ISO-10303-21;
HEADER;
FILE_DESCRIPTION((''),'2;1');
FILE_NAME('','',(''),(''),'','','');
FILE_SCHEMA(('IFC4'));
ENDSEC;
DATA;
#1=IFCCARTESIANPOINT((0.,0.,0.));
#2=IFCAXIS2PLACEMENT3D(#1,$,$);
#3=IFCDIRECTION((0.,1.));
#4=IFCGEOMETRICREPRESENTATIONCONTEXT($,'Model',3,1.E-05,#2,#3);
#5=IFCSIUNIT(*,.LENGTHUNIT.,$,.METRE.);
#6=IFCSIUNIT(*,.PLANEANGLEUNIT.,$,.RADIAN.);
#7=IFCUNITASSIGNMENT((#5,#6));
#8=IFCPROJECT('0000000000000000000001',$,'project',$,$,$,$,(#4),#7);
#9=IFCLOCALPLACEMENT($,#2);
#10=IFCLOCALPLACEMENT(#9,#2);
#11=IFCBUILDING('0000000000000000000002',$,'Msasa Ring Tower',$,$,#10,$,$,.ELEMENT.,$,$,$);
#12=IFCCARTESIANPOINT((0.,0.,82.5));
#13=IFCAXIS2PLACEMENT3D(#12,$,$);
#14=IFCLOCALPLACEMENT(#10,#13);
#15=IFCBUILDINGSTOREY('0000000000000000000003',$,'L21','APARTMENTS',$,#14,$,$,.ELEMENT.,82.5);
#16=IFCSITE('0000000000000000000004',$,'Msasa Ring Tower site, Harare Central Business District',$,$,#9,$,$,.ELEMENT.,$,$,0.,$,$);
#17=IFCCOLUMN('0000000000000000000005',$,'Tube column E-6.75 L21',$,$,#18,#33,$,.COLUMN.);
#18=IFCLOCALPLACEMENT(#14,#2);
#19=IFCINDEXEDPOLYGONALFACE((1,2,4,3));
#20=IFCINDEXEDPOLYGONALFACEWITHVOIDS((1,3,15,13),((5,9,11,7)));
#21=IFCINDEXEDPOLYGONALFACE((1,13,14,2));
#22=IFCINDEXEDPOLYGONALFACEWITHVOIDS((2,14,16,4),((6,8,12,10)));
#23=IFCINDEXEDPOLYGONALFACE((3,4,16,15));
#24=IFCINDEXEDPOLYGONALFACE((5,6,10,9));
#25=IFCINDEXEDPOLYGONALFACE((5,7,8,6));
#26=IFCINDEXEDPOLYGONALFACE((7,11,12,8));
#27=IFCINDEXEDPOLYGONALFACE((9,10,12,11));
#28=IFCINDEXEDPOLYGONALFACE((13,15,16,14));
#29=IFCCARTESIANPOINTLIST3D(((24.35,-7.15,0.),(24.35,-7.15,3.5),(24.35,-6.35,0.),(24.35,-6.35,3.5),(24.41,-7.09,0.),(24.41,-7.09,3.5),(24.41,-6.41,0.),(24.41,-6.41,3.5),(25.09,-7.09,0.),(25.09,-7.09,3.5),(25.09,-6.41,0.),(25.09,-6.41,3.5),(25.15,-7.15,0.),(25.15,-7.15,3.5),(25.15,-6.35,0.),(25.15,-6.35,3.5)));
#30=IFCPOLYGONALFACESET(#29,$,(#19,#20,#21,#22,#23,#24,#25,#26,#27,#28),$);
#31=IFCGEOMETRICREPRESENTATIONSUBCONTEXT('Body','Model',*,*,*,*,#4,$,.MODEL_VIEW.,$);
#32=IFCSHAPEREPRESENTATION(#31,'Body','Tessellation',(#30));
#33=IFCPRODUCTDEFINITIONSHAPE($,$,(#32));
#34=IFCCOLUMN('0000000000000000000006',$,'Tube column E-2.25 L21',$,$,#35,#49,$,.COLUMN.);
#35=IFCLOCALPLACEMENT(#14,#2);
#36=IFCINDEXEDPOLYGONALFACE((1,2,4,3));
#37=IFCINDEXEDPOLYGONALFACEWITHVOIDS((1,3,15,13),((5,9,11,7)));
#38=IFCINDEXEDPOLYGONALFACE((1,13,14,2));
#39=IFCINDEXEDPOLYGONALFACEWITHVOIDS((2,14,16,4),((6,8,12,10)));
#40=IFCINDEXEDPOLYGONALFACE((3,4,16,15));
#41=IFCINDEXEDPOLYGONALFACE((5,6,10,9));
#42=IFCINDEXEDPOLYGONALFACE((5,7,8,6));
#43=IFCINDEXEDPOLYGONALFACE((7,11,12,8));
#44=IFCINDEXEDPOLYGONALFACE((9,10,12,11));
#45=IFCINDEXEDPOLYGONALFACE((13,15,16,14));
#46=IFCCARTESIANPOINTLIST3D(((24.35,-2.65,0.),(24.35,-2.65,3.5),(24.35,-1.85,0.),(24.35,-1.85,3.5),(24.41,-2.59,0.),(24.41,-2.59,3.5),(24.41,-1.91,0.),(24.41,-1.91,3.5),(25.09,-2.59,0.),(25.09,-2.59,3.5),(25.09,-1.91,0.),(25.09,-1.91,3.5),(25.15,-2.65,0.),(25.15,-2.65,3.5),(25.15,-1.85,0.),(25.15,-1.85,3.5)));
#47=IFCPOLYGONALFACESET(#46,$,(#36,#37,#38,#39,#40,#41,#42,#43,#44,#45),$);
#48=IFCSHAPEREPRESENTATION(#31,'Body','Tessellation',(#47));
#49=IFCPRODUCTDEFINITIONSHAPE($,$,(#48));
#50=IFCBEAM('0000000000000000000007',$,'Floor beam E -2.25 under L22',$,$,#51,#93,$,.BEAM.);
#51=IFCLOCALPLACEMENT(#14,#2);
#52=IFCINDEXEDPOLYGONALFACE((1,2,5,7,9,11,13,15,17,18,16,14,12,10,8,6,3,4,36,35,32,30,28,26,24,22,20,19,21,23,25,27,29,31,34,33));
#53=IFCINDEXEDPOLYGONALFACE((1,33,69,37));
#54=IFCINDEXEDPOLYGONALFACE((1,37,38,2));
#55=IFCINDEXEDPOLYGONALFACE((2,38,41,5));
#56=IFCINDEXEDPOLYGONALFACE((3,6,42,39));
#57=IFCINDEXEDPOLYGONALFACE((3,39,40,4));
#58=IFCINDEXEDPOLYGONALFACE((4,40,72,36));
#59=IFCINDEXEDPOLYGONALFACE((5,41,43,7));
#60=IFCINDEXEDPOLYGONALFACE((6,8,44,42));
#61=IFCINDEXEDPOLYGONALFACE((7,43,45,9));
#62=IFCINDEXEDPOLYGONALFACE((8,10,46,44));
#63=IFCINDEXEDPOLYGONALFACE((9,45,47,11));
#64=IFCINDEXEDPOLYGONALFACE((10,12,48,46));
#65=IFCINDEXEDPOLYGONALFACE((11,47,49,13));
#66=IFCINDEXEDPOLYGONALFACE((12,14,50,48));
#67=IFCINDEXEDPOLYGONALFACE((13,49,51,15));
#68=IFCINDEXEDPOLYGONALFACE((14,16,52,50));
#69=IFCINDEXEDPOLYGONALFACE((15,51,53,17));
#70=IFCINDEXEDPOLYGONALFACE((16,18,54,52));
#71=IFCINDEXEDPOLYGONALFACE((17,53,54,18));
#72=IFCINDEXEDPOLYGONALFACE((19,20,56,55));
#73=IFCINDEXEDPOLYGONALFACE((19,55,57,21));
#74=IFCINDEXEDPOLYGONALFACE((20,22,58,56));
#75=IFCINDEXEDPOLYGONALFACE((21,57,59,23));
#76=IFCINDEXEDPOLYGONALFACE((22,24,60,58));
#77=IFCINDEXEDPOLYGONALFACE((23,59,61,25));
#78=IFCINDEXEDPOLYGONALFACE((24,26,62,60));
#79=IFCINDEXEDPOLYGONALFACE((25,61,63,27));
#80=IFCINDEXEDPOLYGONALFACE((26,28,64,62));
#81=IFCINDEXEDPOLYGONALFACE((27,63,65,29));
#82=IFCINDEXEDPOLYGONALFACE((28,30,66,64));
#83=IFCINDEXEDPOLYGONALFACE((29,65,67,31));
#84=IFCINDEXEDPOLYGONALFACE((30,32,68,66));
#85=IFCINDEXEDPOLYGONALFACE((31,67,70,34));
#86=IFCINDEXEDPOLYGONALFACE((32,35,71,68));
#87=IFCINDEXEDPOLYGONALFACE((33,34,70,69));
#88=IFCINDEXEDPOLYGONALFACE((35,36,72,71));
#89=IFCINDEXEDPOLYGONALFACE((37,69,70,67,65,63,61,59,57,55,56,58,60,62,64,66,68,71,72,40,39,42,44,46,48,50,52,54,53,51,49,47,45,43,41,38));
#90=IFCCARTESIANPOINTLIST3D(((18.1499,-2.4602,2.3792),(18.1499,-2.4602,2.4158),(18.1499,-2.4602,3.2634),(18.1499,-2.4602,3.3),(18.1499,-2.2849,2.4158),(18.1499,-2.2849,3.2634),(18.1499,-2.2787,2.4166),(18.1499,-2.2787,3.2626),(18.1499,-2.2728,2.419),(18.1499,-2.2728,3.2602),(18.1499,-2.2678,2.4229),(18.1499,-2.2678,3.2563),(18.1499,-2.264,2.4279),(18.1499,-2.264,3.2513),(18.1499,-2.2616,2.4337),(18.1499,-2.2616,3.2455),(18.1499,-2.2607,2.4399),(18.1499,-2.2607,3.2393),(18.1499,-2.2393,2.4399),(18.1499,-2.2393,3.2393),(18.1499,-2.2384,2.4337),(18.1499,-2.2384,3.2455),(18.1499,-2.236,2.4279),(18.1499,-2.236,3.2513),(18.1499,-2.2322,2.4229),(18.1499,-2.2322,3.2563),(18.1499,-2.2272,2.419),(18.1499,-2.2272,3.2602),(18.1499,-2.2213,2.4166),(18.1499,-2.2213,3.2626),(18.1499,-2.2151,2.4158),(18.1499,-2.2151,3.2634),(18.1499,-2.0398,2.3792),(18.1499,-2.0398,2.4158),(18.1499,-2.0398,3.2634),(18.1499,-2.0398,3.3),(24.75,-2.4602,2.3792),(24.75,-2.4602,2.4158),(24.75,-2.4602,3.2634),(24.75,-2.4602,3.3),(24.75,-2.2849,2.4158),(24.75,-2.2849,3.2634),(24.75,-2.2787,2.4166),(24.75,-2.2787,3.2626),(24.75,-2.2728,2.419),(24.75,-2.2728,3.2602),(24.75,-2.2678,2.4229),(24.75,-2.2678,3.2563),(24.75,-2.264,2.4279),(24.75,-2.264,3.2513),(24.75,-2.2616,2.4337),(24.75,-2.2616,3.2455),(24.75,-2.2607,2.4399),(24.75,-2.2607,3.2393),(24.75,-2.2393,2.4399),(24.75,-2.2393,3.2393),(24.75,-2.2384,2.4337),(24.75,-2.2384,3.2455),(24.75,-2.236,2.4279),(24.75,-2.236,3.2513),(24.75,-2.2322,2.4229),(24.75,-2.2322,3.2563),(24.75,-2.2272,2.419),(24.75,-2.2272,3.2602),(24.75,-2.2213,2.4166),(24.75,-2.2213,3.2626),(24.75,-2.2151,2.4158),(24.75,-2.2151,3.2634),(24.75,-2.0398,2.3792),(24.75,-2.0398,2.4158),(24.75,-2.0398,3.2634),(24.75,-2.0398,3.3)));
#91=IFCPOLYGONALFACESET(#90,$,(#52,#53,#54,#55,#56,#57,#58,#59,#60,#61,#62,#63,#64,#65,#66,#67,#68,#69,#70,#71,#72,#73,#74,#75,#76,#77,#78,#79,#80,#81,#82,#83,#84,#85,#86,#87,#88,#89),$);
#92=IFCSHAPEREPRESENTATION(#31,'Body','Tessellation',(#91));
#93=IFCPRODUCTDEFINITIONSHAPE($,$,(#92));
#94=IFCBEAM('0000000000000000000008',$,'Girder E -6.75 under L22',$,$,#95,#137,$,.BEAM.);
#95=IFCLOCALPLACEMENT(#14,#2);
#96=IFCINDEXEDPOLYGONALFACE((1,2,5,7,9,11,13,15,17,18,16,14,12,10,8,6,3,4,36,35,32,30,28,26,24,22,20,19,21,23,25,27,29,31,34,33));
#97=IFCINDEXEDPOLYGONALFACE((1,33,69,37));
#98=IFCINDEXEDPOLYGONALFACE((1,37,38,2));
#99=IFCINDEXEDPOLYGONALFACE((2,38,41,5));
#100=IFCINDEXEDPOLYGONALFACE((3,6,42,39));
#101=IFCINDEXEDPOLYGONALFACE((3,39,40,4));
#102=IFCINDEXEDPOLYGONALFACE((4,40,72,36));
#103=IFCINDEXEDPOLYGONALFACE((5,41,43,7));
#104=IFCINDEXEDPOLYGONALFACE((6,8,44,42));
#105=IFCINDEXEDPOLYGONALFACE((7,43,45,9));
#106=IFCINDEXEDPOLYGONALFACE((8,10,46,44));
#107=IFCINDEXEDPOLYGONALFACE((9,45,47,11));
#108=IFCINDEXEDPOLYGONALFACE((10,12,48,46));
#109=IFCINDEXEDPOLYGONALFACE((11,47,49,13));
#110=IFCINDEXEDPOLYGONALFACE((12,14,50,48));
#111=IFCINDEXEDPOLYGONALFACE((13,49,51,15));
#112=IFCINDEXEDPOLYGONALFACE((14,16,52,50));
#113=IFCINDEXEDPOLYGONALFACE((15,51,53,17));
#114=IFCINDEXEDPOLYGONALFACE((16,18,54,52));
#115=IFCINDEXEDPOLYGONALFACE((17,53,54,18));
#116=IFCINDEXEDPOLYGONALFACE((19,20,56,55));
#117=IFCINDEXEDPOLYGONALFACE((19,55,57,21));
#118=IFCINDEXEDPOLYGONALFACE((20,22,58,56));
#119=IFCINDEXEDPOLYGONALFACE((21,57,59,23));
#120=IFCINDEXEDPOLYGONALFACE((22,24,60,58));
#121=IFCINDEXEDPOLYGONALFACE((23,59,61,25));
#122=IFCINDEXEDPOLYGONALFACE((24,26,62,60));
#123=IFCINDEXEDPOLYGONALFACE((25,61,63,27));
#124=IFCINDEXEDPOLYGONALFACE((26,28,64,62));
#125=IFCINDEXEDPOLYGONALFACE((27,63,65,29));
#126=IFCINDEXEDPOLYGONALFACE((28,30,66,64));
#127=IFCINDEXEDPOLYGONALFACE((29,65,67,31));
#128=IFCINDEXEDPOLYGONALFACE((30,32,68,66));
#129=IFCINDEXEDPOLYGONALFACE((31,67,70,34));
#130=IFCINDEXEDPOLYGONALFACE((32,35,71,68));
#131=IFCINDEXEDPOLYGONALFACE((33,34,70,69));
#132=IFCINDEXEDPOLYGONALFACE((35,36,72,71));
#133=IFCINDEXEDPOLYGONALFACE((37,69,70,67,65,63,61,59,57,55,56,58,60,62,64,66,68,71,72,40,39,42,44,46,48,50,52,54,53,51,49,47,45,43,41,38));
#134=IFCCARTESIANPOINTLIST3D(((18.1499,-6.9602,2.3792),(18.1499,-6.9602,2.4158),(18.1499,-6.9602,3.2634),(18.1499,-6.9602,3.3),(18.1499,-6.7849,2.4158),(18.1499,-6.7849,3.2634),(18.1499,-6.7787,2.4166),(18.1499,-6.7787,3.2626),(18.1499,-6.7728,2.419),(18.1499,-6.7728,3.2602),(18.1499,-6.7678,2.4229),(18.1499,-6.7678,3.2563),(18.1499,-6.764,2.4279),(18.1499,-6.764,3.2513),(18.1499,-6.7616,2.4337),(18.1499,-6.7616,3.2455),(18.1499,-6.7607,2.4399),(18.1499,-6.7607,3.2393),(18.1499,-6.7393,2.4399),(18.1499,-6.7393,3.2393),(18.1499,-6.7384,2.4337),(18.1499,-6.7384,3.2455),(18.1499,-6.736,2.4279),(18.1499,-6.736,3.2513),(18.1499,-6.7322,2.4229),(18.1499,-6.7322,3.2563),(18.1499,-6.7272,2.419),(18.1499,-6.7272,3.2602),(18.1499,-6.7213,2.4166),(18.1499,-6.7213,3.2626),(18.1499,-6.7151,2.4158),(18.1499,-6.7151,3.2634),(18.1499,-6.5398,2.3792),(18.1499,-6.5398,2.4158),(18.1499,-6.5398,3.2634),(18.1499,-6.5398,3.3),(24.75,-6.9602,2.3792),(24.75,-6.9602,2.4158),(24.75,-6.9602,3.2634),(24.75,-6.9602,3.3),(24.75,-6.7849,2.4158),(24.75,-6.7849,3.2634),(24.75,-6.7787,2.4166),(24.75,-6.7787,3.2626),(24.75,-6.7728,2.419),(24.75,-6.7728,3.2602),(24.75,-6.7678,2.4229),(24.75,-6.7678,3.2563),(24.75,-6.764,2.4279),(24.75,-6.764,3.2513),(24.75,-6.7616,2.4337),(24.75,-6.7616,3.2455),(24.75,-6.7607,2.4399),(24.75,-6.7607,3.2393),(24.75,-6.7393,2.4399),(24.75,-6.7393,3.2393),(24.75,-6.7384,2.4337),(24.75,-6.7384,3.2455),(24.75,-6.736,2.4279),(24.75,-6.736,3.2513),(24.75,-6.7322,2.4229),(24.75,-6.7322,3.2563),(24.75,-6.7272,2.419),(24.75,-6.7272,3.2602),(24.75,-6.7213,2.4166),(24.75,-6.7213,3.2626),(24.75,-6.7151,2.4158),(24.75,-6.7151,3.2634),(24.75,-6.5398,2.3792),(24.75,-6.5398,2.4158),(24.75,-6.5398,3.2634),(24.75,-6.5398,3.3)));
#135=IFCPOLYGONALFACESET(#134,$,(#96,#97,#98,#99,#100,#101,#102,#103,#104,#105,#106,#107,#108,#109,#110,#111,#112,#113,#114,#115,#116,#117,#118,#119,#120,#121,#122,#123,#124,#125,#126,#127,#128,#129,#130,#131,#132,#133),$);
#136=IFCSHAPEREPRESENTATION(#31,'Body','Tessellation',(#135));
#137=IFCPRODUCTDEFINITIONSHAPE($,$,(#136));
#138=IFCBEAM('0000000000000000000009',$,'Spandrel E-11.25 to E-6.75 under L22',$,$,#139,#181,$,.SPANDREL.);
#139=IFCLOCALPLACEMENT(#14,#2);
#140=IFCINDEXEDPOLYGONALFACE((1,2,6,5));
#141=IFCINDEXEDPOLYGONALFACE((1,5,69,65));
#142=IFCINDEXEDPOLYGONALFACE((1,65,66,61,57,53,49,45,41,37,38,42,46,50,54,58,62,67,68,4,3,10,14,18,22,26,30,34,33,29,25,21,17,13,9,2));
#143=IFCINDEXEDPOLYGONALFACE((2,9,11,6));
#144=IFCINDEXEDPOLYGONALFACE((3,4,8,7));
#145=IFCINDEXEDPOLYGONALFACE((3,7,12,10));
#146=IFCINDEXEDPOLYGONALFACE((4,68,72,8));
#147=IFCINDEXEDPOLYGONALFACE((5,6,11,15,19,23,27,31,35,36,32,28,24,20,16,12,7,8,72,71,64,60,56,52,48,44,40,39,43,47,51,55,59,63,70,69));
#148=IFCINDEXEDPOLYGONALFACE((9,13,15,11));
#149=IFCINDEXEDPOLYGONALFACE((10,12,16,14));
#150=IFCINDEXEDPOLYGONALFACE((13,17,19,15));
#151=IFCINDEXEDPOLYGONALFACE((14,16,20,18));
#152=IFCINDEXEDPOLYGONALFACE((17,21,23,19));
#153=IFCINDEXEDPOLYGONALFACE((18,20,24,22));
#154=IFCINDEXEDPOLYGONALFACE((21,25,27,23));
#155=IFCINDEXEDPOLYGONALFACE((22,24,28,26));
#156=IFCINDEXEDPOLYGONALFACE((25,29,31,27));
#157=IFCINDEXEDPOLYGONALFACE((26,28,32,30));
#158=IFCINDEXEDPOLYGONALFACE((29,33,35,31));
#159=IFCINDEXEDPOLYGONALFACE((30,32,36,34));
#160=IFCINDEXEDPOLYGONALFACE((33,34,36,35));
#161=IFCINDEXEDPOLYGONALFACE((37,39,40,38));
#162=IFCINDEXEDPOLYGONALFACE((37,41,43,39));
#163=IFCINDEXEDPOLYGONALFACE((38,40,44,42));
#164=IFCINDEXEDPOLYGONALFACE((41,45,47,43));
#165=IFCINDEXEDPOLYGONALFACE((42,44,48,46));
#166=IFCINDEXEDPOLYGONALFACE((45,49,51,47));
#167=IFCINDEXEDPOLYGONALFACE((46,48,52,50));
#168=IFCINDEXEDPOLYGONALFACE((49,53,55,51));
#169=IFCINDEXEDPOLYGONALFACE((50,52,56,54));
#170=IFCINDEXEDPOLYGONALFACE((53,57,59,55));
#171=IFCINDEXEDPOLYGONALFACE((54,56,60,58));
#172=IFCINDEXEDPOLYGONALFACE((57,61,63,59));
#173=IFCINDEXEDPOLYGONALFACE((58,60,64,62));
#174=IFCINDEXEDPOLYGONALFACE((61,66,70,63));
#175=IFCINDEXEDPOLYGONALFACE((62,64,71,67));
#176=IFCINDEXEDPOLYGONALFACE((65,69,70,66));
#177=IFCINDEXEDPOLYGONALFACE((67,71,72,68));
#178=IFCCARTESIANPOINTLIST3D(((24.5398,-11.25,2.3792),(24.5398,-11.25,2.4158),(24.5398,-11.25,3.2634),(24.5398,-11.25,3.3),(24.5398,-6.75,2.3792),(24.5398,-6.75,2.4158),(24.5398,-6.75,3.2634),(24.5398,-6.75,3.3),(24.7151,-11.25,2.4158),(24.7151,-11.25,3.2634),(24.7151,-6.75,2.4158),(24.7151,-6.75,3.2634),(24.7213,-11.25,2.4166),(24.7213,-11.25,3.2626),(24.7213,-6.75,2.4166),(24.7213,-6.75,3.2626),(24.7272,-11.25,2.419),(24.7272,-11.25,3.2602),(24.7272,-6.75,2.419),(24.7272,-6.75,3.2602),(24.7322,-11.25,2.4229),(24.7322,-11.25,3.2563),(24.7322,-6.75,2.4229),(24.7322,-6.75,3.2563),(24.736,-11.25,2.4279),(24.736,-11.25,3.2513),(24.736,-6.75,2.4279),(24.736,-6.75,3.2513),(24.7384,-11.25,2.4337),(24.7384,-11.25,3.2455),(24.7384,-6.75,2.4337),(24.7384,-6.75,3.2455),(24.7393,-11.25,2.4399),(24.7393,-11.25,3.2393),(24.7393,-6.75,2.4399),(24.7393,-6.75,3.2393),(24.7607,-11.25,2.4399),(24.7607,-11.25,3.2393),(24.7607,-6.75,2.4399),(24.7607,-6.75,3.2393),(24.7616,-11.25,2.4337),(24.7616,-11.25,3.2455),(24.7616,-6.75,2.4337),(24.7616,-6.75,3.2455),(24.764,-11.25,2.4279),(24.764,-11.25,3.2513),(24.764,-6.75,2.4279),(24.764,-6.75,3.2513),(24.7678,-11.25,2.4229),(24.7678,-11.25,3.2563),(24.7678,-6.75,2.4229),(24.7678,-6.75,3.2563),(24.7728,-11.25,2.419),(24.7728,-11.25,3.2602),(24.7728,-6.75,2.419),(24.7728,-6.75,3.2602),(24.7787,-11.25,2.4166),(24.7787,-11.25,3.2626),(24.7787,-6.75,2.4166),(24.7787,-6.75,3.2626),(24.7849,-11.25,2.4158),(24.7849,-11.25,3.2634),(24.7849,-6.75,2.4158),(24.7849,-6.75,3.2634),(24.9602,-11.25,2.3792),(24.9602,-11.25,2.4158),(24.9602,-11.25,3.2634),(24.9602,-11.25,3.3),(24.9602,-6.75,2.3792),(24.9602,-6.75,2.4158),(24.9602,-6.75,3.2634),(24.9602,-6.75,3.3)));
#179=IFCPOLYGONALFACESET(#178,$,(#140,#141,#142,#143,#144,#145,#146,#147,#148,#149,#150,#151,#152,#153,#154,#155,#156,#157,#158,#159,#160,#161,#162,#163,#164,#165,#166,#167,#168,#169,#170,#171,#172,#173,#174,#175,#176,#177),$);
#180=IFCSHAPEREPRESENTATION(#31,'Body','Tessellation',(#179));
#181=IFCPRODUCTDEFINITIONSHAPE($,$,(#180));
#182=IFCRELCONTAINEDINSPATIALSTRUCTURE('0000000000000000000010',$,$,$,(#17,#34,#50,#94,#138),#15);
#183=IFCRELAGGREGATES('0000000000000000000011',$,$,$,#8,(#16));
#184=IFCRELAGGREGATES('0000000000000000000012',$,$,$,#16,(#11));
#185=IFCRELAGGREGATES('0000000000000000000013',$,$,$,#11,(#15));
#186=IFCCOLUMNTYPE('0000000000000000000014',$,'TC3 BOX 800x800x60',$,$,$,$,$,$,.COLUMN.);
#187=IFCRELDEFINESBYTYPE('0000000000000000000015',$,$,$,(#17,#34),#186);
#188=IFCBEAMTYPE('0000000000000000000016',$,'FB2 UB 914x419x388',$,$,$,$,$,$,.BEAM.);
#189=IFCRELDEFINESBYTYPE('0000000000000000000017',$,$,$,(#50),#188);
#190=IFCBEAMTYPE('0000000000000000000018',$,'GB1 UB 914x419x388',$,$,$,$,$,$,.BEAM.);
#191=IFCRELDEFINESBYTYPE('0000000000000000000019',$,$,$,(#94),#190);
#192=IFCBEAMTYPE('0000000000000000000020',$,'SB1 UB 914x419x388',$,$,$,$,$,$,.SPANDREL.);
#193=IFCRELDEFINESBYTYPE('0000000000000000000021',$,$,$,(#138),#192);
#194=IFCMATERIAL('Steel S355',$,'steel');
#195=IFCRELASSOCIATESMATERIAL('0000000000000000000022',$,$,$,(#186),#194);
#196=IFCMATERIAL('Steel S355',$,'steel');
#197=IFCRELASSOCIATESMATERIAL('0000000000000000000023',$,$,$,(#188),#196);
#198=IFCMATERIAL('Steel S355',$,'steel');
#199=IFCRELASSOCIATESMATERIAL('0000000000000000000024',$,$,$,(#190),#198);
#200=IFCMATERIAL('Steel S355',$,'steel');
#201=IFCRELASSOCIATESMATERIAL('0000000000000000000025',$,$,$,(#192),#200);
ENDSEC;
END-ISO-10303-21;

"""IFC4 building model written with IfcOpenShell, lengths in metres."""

from ifc_helpers import new_model, si_unit, direction, frame, origin, origin_2d, place, context, subcontext, project, spatial, hollow_rectangle, i_section, extrude, material, material_profile, profile_set, type_object, element, save


model = new_model("IFC4")

# Units and contexts
model_context = context("Model", 3, precision=1e-05, world=origin(), true_north=direction((0.0, 1.0)))
body_context = subcontext(model_context, "Body", "Model", "MODEL_VIEW")
ifc_project = project(units=[si_unit("LENGTHUNIT", "METRE"), si_unit("PLANEANGLEUNIT", "RADIAN")], contexts=[model_context])

# Site, building, storey
site_placement = place(None, origin())
site = spatial("IfcSite", under=ifc_project, at=site_placement, Name="Msasa Ring Tower site, Harare Central Business District", CompositionType="ELEMENT", RefElevation=0.0)
building_placement = place(site_placement, origin())
building = spatial("IfcBuilding", under=site, at=building_placement, Name="Msasa Ring Tower", CompositionType="ELEMENT")
storey_placement = place(building_placement, frame((0.0, 0.0, 82.5)))
storey = spatial("IfcBuildingStorey", under=building, at=storey_placement, Name="L21", Description="APARTMENTS", CompositionType="ELEMENT", Elevation=82.5)

# Columns
ifc_material_1 = material(Name="Steel S355", Category="steel")
ifc_material_profile_1 = material_profile(ifc_material_1, hollow_rectangle(XDim=0.8, YDim=0.8, WallThickness=0.0601, at=origin_2d()), Name="BOX 800x800x60")
ifc_profile_set_1 = profile_set([ifc_material_profile_1], Name="Steel S355")
column_type = type_object("IfcColumnType", Name="TC3 BOX 800x800x60", PredefinedType="COLUMN", material=ifc_profile_set_1)
for number, where, z_axis, x_axis, name in (
    (1, (24.75, -6.75, 0.0), (0.0, 0.0, 1.0), (1.0, 0.0, 0.0), "Tube column E-6.75 L21"),
    (2, (24.75, -2.25, 0.0), (0.0, 0.0, 1.0), (1.0, 0.0, 0.0), "Tube column E-2.25 L21"),
):
    element("IfcColumn", number, at=place(storey_placement, frame(where, z_axis=z_axis, x_axis=x_axis)), inside=storey, type_object=column_type, Name=name, PredefinedType="COLUMN", context=body_context, shape_type="SweptSolid", body=[
        extrude(hollow_rectangle(XDim=0.8, YDim=0.8, WallThickness=0.0601, at=origin_2d()), origin(), (0.0, 0.0, 1.0), 3.5),
    ])

# Beams
ifc_material_2 = material(Name="Steel S355", Category="steel")
ifc_material_profile_2 = material_profile(ifc_material_2, i_section(OverallWidth=0.4204, OverallDepth=0.9209, WebThickness=0.0215, FlangeThickness=0.0366, FilletRadius=0.0242, at=origin_2d()), Name="UB 914x419x388")
ifc_profile_set_2 = profile_set([ifc_material_profile_2], Name="Steel S355")
beam_type_1 = type_object("IfcBeamType", Name="FB2 UB 914x419x388", PredefinedType="BEAM", material=ifc_profile_set_2)
beam_1_placement = place(storey_placement, frame((24.75, -2.25, 2.8396), z_axis=(-1.0, 0.0, 0.0), x_axis=(0.0, -1.0, 0.0)))
element("IfcBeam", 3, at=beam_1_placement, inside=storey, type_object=beam_type_1, Name="Floor beam E -2.25 under L22", PredefinedType="BEAM", context=body_context, shape_type="SweptSolid", body=[
    extrude(i_section(OverallWidth=0.4204, OverallDepth=0.9209, WebThickness=0.0215, FlangeThickness=0.0366, FilletRadius=0.0242, at=origin_2d()), origin(), (0.0, 0.0, 1.0), 6.6001),
])
ifc_material_3 = material(Name="Steel S355", Category="steel")
ifc_material_profile_3 = material_profile(ifc_material_3, i_section(OverallWidth=0.4204, OverallDepth=0.9209, WebThickness=0.0215, FlangeThickness=0.0366, FilletRadius=0.0242, at=origin_2d()), Name="UB 914x419x388")
ifc_profile_set_3 = profile_set([ifc_material_profile_3], Name="Steel S355")
beam_type_2 = type_object("IfcBeamType", Name="GB1 UB 914x419x388", PredefinedType="BEAM", material=ifc_profile_set_3)
beam_2_placement = place(storey_placement, frame((18.1499, -6.75, 2.8396), z_axis=(1.0, 0.0, 0.0), x_axis=(0.0, 1.0, 0.0)))
element("IfcBeam", 4, at=beam_2_placement, inside=storey, type_object=beam_type_2, Name="Girder E -6.75 under L22", PredefinedType="BEAM", context=body_context, shape_type="SweptSolid", body=[
    extrude(i_section(OverallWidth=0.4204, OverallDepth=0.9209, WebThickness=0.0215, FlangeThickness=0.0366, FilletRadius=0.0242, at=origin_2d()), origin(), (0.0, 0.0, 1.0), 6.6001),
])
ifc_material_4 = material(Name="Steel S355", Category="steel")
ifc_material_profile_4 = material_profile(ifc_material_4, i_section(OverallWidth=0.4204, OverallDepth=0.9209, WebThickness=0.0215, FlangeThickness=0.0366, FilletRadius=0.0242, at=origin_2d()), Name="UB 914x419x388")
ifc_profile_set_4 = profile_set([ifc_material_profile_4], Name="Steel S355")
beam_type_3 = type_object("IfcBeamType", Name="SB1 UB 914x419x388", PredefinedType="SPANDREL", material=ifc_profile_set_4)
for number, where, z_axis, x_axis, name in (
    (5, (24.75, -11.25, 2.8396), (0.0, 1.0, 0.0), (-1.0, 0.0, 0.0), "Spandrel E-11.25 to E-6.75 under L22"),
):
    element("IfcBeam", number, at=place(storey_placement, frame(where, z_axis=z_axis, x_axis=x_axis)), inside=storey, type_object=beam_type_3, Name=name, PredefinedType="SPANDREL", context=body_context, shape_type="SweptSolid", body=[
        extrude(i_section(OverallWidth=0.4204, OverallDepth=0.9209, WebThickness=0.0215, FlangeThickness=0.0366, FilletRadius=0.0242, at=origin_2d()), origin(), (0.0, 0.0, 1.0), 4.5),
    ])

save(model, "model.ifc")
